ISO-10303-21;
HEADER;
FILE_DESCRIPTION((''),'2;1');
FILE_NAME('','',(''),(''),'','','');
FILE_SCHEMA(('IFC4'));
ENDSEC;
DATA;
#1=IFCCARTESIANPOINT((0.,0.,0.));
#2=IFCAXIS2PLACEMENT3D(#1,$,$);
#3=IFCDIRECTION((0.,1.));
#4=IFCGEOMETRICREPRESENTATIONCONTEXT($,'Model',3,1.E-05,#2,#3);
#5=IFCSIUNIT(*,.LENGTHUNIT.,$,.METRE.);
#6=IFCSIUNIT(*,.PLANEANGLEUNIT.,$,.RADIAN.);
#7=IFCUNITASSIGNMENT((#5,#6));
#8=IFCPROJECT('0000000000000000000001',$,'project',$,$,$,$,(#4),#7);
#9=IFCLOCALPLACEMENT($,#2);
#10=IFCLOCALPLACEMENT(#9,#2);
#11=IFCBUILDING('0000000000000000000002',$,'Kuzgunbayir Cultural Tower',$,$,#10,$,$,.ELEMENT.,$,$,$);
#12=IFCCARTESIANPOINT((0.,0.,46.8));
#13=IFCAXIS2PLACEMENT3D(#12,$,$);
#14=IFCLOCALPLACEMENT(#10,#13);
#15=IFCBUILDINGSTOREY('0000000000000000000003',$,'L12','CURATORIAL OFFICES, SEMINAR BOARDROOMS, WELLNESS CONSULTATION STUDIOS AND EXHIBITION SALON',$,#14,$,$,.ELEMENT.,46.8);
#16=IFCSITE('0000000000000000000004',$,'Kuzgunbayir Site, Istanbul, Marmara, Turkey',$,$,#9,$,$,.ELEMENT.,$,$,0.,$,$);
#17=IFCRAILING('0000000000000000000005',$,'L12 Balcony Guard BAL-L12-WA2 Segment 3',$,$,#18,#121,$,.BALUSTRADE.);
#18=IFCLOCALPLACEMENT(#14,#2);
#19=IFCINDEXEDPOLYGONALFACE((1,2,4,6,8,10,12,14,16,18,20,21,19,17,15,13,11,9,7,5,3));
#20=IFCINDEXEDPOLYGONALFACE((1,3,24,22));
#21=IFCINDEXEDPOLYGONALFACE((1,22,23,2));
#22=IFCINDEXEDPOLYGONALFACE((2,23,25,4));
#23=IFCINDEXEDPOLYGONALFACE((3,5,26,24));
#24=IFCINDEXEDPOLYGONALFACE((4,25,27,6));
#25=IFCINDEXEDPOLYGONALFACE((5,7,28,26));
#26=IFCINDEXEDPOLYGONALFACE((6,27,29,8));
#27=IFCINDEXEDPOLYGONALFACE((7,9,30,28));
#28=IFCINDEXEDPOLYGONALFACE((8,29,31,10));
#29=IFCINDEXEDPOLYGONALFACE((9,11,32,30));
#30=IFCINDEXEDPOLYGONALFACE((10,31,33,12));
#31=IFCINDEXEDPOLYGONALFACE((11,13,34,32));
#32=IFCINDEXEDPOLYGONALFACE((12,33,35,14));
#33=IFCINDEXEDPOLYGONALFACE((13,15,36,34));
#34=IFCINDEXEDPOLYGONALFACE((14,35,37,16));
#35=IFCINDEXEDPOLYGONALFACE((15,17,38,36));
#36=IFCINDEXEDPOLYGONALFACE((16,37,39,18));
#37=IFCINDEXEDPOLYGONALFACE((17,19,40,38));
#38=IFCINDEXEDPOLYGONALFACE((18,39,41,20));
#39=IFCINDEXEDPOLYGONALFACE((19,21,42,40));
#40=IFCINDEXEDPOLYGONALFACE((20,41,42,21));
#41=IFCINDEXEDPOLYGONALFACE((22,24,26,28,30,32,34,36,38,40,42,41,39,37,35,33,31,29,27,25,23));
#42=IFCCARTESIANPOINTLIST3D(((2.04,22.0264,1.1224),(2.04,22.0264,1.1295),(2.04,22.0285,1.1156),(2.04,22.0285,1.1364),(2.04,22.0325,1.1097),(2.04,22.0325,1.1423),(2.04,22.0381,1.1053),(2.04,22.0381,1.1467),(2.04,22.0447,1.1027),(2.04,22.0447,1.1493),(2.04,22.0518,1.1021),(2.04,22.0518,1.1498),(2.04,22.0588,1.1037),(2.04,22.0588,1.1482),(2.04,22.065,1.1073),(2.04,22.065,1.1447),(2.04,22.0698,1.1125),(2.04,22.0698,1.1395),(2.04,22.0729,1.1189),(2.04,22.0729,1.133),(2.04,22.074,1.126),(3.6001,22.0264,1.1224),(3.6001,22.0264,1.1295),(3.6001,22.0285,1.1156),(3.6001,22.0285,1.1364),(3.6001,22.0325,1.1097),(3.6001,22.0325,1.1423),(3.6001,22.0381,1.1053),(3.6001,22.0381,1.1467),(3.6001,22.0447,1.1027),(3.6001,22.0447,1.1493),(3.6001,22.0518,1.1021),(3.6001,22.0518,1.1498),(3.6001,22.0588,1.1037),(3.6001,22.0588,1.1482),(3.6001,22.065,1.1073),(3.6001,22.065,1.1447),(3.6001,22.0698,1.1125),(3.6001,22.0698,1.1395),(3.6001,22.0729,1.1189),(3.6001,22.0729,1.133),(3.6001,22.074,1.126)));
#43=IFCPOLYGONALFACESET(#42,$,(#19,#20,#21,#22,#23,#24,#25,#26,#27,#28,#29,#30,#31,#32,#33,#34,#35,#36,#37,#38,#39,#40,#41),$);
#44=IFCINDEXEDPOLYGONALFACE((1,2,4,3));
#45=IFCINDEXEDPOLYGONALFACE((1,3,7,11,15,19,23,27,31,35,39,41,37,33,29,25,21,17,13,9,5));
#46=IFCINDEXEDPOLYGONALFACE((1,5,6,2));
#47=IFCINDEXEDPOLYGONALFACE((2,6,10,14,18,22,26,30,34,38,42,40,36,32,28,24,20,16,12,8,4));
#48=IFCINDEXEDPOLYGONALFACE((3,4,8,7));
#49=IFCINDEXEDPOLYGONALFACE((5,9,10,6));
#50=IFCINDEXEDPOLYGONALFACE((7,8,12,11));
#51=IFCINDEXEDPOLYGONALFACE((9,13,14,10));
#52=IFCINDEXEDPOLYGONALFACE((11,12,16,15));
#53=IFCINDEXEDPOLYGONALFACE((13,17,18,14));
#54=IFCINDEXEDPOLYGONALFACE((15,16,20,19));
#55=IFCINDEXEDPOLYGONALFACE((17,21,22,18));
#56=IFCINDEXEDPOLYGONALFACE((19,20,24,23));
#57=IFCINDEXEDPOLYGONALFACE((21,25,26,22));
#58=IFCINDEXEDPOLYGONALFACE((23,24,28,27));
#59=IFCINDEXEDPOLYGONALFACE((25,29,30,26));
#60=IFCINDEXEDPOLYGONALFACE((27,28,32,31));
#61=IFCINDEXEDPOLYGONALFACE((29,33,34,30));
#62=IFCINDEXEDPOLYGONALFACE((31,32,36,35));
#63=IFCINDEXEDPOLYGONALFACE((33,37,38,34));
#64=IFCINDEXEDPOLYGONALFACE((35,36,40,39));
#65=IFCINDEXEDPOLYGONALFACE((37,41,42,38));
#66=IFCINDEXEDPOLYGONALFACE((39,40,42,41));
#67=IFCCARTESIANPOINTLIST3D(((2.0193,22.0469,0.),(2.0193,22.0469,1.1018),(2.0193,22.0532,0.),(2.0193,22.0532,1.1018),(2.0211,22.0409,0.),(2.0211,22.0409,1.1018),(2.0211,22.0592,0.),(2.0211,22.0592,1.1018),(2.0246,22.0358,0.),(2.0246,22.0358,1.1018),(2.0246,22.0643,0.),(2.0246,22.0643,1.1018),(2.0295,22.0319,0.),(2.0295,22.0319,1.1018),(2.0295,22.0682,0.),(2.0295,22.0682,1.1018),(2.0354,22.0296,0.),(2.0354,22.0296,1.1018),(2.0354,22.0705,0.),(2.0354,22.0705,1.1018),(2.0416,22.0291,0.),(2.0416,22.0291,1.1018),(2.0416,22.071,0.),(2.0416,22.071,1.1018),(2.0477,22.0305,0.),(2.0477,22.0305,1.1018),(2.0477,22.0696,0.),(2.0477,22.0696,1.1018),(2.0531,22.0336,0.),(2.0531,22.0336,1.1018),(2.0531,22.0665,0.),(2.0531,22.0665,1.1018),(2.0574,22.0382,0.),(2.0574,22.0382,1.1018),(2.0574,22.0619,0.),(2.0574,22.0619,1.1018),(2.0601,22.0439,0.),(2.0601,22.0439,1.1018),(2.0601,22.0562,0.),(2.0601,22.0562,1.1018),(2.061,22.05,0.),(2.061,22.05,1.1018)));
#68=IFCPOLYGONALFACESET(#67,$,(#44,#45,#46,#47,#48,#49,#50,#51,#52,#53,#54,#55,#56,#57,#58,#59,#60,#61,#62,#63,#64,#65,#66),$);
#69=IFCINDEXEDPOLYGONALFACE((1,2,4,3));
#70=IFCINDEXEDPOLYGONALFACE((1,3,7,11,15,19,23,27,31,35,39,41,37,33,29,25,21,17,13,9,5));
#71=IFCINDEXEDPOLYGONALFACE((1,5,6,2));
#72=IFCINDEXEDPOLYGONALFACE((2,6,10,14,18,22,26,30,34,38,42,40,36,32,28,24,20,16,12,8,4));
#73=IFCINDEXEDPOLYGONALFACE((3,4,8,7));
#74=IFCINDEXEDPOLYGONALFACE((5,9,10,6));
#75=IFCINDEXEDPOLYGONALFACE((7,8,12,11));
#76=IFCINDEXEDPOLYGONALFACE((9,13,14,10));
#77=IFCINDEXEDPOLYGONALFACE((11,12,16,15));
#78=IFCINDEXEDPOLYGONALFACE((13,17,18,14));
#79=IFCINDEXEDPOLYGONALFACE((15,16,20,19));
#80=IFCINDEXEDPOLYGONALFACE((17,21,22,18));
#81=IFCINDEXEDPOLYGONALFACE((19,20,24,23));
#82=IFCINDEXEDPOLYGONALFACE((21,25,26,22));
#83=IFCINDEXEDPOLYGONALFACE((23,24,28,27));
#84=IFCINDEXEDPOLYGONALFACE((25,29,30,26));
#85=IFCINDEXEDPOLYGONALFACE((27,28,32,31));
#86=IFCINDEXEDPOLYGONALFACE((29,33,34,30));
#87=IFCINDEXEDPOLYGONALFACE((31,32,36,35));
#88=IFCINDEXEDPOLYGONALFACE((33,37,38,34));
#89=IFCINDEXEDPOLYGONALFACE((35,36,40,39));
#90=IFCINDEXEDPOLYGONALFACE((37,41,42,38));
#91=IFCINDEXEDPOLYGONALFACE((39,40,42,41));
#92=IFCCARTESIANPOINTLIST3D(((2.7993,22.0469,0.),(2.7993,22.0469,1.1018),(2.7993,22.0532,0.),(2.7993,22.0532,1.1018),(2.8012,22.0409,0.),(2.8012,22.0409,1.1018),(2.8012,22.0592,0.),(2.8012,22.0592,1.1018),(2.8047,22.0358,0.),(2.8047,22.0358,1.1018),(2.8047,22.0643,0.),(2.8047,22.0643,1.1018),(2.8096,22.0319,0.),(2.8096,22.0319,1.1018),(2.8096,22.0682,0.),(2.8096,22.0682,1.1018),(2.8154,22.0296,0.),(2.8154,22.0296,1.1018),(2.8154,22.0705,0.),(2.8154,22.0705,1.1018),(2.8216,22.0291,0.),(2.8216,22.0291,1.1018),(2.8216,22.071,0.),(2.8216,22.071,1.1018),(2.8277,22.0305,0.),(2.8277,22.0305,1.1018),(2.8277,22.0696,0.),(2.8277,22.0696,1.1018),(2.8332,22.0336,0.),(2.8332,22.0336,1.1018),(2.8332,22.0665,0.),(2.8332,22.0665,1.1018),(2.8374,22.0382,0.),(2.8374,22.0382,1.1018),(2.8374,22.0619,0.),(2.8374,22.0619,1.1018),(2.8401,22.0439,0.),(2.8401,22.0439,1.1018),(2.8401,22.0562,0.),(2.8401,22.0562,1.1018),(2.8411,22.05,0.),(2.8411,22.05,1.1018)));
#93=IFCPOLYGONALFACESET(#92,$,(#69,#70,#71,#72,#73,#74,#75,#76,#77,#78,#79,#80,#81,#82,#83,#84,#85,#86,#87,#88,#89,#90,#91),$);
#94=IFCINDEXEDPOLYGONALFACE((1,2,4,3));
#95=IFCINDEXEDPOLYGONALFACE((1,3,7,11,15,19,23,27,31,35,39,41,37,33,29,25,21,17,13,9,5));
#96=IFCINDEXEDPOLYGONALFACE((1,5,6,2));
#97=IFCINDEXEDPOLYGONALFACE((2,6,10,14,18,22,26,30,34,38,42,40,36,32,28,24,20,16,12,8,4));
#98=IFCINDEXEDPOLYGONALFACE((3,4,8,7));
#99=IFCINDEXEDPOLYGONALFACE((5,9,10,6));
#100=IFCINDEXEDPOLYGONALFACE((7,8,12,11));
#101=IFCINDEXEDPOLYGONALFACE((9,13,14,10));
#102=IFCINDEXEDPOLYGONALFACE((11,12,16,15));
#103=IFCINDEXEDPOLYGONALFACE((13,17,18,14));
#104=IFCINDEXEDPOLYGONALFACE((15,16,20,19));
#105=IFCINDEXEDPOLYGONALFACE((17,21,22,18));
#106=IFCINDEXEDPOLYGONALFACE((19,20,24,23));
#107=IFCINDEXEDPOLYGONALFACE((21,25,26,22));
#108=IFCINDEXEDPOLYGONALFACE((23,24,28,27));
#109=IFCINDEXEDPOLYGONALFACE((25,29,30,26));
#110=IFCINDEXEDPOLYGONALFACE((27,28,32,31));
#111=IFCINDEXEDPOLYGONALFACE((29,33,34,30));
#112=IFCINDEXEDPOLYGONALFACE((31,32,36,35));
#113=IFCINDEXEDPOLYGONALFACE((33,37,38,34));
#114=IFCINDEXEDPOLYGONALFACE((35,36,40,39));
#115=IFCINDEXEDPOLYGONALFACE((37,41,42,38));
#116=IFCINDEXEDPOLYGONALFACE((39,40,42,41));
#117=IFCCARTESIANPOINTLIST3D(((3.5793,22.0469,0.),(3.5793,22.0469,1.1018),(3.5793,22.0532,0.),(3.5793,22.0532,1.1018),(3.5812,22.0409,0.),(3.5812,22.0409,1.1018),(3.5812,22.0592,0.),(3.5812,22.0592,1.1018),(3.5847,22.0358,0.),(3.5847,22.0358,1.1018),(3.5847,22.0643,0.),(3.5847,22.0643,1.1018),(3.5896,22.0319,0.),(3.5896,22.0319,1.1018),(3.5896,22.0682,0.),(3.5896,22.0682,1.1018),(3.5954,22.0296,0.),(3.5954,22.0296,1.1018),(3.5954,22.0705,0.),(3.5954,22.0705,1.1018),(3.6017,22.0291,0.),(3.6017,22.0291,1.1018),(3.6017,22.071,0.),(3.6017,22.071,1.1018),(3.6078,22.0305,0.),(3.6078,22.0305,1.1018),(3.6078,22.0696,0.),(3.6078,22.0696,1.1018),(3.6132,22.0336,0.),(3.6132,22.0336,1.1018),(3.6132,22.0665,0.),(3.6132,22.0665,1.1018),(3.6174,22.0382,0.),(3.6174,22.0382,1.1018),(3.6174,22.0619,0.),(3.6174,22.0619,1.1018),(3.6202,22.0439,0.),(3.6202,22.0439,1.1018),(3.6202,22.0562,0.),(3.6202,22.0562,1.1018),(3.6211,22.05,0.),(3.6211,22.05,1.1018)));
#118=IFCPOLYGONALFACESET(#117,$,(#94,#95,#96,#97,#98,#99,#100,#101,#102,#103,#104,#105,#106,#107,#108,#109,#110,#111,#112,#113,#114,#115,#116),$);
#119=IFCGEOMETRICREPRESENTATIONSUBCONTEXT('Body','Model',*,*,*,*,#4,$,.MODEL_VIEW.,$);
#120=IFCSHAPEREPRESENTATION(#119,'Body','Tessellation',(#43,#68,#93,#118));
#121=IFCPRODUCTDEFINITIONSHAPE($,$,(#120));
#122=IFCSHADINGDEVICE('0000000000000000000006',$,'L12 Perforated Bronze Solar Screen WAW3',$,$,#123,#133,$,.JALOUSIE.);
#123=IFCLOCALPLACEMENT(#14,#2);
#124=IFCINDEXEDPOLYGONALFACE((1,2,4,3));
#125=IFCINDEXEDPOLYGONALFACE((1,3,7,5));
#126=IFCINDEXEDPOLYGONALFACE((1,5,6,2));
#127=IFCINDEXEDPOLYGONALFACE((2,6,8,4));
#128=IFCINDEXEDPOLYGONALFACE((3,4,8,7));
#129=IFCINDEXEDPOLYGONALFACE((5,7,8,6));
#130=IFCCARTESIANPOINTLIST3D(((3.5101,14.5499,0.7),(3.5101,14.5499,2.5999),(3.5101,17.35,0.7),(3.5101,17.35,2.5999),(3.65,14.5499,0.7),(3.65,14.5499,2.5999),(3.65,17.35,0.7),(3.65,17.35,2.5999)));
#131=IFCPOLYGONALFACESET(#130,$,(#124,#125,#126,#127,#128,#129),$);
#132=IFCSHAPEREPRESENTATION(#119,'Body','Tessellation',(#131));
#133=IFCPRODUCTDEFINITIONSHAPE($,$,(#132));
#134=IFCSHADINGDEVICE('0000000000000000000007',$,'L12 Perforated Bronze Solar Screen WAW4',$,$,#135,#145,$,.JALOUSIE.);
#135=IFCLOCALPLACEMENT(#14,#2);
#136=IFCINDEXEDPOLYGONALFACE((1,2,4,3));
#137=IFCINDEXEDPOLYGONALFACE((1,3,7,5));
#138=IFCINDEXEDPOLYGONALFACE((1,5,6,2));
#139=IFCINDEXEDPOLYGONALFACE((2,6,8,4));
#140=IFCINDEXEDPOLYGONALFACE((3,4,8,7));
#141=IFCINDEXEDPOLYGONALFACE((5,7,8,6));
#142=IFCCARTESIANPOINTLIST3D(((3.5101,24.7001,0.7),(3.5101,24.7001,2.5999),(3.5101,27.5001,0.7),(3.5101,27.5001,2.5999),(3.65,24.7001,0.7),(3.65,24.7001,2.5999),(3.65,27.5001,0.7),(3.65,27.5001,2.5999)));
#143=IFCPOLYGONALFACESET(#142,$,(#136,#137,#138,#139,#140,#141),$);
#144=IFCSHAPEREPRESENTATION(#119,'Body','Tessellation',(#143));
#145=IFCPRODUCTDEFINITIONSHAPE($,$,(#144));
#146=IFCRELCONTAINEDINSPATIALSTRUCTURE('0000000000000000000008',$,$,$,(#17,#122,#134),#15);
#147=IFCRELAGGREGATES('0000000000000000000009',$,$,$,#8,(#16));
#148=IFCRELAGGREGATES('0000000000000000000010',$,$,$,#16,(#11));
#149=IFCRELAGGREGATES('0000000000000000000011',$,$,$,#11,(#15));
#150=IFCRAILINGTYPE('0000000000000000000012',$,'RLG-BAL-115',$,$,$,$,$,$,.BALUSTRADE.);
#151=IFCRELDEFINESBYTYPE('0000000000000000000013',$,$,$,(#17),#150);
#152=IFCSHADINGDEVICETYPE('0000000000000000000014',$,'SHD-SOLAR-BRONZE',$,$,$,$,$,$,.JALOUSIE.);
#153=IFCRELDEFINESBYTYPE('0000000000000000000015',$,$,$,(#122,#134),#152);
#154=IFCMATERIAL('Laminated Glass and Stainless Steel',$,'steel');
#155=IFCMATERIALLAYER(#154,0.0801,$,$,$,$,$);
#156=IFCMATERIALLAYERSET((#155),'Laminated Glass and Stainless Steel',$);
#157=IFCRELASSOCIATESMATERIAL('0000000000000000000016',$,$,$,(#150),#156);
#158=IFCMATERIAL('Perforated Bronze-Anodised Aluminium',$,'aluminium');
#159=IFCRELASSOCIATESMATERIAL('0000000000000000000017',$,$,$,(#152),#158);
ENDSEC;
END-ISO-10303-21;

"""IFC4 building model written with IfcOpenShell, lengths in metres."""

from ifc_helpers import new_model, si_unit, direction, frame, origin, origin_2d, place, context, subcontext, project, spatial, rectangle, circle, extrude, material, layer, layer_set, type_object, element, save


model = new_model("IFC4")

# Units and contexts
model_context = context("Model", 3, precision=1e-05, world=origin(), true_north=direction((0.0, 1.0)))
body_context = subcontext(model_context, "Body", "Model", "MODEL_VIEW")
ifc_project = project(units=[si_unit("LENGTHUNIT", "METRE"), si_unit("PLANEANGLEUNIT", "RADIAN")], contexts=[model_context])

# Site, building, storey
site_placement = place(None, origin())
site = spatial("IfcSite", under=ifc_project, at=site_placement, Name="Kuzgunbayir Site, Istanbul, Marmara, Turkey", CompositionType="ELEMENT", RefElevation=0.0)
building_placement = place(site_placement, origin())
building = spatial("IfcBuilding", under=site, at=building_placement, Name="Kuzgunbayir Cultural Tower", CompositionType="ELEMENT")
storey_placement = place(building_placement, frame((0.0, 0.0, 46.8)))
storey = spatial("IfcBuildingStorey", under=building, at=storey_placement, Name="L12", Description="CURATORIAL OFFICES, SEMINAR BOARDROOMS, WELLNESS CONSULTATION STUDIOS AND EXHIBITION SALON", CompositionType="ELEMENT", Elevation=46.8)

# Railing
ifc_material_1 = material(Name="Laminated Glass and Stainless Steel", Category="steel")
ifc_layer_1 = layer(ifc_material_1, 0.0801)
ifc_layer_set_1 = layer_set([ifc_layer_1], Name="Laminated Glass and Stainless Steel")
railing_type = type_object("IfcRailingType", Name="RLG-BAL-115", PredefinedType="BALUSTRADE", material=ifc_layer_set_1)
railing_1_placement = place(storey_placement, frame((2.04, 22.05, 0.0)))
element("IfcRailing", 1, at=railing_1_placement, inside=storey, type_object=railing_type, Name="L12 Balcony Guard BAL-L12-WA2 Segment 3", PredefinedType="BALUSTRADE", context=body_context, shape_type="SweptSolid", body=[
    extrude(circle(Radius=0.0239, at=origin_2d()), frame((0.0, 0.0, 1.126), z_axis=(1.0, 0.0, 0.0), x_axis=(0.0, 1.0, 0.0)), (0.0, 0.0, 1.0), 1.5601),
    extrude(circle(Radius=0.021, at=origin_2d()), origin(), (0.0, 0.0, 1.0), 1.1018),
    extrude(circle(Radius=0.021, at=origin_2d()), frame((0.78, 0.0, 0.0)), (0.0, 0.0, 1.0), 1.1018),
    extrude(circle(Radius=0.021, at=origin_2d()), frame((1.5601, 0.0, 0.0)), (0.0, 0.0, 1.0), 1.1018),
])

# Shading devices
ifc_material_2 = material(Name="Perforated Bronze-Anodised Aluminium", Category="aluminium")
shading_device_type = type_object("IfcShadingDeviceType", Name="SHD-SOLAR-BRONZE", PredefinedType="JALOUSIE", material=ifc_material_2)
for number, where, z_axis, x_axis, name in (
    (2, (3.5801, 15.95, 0.7), (0.0, 0.0, 1.0), (1.0, 0.0, 0.0), "L12 Perforated Bronze Solar Screen WAW3"),
    (3, (3.5801, 26.1001, 0.7), (0.0, 0.0, 1.0), (1.0, 0.0, 0.0), "L12 Perforated Bronze Solar Screen WAW4"),
):
    element("IfcShadingDevice", number, at=place(storey_placement, frame(where, z_axis=z_axis, x_axis=x_axis)), inside=storey, type_object=shading_device_type, Name=name, PredefinedType="JALOUSIE", context=body_context, shape_type="SweptSolid", body=[
        extrude(rectangle(XDim=0.1399, YDim=2.8, at=origin_2d()), origin(), (0.0, 0.0, 1.0), 1.8999),
    ])

save(model, "model.ifc")
